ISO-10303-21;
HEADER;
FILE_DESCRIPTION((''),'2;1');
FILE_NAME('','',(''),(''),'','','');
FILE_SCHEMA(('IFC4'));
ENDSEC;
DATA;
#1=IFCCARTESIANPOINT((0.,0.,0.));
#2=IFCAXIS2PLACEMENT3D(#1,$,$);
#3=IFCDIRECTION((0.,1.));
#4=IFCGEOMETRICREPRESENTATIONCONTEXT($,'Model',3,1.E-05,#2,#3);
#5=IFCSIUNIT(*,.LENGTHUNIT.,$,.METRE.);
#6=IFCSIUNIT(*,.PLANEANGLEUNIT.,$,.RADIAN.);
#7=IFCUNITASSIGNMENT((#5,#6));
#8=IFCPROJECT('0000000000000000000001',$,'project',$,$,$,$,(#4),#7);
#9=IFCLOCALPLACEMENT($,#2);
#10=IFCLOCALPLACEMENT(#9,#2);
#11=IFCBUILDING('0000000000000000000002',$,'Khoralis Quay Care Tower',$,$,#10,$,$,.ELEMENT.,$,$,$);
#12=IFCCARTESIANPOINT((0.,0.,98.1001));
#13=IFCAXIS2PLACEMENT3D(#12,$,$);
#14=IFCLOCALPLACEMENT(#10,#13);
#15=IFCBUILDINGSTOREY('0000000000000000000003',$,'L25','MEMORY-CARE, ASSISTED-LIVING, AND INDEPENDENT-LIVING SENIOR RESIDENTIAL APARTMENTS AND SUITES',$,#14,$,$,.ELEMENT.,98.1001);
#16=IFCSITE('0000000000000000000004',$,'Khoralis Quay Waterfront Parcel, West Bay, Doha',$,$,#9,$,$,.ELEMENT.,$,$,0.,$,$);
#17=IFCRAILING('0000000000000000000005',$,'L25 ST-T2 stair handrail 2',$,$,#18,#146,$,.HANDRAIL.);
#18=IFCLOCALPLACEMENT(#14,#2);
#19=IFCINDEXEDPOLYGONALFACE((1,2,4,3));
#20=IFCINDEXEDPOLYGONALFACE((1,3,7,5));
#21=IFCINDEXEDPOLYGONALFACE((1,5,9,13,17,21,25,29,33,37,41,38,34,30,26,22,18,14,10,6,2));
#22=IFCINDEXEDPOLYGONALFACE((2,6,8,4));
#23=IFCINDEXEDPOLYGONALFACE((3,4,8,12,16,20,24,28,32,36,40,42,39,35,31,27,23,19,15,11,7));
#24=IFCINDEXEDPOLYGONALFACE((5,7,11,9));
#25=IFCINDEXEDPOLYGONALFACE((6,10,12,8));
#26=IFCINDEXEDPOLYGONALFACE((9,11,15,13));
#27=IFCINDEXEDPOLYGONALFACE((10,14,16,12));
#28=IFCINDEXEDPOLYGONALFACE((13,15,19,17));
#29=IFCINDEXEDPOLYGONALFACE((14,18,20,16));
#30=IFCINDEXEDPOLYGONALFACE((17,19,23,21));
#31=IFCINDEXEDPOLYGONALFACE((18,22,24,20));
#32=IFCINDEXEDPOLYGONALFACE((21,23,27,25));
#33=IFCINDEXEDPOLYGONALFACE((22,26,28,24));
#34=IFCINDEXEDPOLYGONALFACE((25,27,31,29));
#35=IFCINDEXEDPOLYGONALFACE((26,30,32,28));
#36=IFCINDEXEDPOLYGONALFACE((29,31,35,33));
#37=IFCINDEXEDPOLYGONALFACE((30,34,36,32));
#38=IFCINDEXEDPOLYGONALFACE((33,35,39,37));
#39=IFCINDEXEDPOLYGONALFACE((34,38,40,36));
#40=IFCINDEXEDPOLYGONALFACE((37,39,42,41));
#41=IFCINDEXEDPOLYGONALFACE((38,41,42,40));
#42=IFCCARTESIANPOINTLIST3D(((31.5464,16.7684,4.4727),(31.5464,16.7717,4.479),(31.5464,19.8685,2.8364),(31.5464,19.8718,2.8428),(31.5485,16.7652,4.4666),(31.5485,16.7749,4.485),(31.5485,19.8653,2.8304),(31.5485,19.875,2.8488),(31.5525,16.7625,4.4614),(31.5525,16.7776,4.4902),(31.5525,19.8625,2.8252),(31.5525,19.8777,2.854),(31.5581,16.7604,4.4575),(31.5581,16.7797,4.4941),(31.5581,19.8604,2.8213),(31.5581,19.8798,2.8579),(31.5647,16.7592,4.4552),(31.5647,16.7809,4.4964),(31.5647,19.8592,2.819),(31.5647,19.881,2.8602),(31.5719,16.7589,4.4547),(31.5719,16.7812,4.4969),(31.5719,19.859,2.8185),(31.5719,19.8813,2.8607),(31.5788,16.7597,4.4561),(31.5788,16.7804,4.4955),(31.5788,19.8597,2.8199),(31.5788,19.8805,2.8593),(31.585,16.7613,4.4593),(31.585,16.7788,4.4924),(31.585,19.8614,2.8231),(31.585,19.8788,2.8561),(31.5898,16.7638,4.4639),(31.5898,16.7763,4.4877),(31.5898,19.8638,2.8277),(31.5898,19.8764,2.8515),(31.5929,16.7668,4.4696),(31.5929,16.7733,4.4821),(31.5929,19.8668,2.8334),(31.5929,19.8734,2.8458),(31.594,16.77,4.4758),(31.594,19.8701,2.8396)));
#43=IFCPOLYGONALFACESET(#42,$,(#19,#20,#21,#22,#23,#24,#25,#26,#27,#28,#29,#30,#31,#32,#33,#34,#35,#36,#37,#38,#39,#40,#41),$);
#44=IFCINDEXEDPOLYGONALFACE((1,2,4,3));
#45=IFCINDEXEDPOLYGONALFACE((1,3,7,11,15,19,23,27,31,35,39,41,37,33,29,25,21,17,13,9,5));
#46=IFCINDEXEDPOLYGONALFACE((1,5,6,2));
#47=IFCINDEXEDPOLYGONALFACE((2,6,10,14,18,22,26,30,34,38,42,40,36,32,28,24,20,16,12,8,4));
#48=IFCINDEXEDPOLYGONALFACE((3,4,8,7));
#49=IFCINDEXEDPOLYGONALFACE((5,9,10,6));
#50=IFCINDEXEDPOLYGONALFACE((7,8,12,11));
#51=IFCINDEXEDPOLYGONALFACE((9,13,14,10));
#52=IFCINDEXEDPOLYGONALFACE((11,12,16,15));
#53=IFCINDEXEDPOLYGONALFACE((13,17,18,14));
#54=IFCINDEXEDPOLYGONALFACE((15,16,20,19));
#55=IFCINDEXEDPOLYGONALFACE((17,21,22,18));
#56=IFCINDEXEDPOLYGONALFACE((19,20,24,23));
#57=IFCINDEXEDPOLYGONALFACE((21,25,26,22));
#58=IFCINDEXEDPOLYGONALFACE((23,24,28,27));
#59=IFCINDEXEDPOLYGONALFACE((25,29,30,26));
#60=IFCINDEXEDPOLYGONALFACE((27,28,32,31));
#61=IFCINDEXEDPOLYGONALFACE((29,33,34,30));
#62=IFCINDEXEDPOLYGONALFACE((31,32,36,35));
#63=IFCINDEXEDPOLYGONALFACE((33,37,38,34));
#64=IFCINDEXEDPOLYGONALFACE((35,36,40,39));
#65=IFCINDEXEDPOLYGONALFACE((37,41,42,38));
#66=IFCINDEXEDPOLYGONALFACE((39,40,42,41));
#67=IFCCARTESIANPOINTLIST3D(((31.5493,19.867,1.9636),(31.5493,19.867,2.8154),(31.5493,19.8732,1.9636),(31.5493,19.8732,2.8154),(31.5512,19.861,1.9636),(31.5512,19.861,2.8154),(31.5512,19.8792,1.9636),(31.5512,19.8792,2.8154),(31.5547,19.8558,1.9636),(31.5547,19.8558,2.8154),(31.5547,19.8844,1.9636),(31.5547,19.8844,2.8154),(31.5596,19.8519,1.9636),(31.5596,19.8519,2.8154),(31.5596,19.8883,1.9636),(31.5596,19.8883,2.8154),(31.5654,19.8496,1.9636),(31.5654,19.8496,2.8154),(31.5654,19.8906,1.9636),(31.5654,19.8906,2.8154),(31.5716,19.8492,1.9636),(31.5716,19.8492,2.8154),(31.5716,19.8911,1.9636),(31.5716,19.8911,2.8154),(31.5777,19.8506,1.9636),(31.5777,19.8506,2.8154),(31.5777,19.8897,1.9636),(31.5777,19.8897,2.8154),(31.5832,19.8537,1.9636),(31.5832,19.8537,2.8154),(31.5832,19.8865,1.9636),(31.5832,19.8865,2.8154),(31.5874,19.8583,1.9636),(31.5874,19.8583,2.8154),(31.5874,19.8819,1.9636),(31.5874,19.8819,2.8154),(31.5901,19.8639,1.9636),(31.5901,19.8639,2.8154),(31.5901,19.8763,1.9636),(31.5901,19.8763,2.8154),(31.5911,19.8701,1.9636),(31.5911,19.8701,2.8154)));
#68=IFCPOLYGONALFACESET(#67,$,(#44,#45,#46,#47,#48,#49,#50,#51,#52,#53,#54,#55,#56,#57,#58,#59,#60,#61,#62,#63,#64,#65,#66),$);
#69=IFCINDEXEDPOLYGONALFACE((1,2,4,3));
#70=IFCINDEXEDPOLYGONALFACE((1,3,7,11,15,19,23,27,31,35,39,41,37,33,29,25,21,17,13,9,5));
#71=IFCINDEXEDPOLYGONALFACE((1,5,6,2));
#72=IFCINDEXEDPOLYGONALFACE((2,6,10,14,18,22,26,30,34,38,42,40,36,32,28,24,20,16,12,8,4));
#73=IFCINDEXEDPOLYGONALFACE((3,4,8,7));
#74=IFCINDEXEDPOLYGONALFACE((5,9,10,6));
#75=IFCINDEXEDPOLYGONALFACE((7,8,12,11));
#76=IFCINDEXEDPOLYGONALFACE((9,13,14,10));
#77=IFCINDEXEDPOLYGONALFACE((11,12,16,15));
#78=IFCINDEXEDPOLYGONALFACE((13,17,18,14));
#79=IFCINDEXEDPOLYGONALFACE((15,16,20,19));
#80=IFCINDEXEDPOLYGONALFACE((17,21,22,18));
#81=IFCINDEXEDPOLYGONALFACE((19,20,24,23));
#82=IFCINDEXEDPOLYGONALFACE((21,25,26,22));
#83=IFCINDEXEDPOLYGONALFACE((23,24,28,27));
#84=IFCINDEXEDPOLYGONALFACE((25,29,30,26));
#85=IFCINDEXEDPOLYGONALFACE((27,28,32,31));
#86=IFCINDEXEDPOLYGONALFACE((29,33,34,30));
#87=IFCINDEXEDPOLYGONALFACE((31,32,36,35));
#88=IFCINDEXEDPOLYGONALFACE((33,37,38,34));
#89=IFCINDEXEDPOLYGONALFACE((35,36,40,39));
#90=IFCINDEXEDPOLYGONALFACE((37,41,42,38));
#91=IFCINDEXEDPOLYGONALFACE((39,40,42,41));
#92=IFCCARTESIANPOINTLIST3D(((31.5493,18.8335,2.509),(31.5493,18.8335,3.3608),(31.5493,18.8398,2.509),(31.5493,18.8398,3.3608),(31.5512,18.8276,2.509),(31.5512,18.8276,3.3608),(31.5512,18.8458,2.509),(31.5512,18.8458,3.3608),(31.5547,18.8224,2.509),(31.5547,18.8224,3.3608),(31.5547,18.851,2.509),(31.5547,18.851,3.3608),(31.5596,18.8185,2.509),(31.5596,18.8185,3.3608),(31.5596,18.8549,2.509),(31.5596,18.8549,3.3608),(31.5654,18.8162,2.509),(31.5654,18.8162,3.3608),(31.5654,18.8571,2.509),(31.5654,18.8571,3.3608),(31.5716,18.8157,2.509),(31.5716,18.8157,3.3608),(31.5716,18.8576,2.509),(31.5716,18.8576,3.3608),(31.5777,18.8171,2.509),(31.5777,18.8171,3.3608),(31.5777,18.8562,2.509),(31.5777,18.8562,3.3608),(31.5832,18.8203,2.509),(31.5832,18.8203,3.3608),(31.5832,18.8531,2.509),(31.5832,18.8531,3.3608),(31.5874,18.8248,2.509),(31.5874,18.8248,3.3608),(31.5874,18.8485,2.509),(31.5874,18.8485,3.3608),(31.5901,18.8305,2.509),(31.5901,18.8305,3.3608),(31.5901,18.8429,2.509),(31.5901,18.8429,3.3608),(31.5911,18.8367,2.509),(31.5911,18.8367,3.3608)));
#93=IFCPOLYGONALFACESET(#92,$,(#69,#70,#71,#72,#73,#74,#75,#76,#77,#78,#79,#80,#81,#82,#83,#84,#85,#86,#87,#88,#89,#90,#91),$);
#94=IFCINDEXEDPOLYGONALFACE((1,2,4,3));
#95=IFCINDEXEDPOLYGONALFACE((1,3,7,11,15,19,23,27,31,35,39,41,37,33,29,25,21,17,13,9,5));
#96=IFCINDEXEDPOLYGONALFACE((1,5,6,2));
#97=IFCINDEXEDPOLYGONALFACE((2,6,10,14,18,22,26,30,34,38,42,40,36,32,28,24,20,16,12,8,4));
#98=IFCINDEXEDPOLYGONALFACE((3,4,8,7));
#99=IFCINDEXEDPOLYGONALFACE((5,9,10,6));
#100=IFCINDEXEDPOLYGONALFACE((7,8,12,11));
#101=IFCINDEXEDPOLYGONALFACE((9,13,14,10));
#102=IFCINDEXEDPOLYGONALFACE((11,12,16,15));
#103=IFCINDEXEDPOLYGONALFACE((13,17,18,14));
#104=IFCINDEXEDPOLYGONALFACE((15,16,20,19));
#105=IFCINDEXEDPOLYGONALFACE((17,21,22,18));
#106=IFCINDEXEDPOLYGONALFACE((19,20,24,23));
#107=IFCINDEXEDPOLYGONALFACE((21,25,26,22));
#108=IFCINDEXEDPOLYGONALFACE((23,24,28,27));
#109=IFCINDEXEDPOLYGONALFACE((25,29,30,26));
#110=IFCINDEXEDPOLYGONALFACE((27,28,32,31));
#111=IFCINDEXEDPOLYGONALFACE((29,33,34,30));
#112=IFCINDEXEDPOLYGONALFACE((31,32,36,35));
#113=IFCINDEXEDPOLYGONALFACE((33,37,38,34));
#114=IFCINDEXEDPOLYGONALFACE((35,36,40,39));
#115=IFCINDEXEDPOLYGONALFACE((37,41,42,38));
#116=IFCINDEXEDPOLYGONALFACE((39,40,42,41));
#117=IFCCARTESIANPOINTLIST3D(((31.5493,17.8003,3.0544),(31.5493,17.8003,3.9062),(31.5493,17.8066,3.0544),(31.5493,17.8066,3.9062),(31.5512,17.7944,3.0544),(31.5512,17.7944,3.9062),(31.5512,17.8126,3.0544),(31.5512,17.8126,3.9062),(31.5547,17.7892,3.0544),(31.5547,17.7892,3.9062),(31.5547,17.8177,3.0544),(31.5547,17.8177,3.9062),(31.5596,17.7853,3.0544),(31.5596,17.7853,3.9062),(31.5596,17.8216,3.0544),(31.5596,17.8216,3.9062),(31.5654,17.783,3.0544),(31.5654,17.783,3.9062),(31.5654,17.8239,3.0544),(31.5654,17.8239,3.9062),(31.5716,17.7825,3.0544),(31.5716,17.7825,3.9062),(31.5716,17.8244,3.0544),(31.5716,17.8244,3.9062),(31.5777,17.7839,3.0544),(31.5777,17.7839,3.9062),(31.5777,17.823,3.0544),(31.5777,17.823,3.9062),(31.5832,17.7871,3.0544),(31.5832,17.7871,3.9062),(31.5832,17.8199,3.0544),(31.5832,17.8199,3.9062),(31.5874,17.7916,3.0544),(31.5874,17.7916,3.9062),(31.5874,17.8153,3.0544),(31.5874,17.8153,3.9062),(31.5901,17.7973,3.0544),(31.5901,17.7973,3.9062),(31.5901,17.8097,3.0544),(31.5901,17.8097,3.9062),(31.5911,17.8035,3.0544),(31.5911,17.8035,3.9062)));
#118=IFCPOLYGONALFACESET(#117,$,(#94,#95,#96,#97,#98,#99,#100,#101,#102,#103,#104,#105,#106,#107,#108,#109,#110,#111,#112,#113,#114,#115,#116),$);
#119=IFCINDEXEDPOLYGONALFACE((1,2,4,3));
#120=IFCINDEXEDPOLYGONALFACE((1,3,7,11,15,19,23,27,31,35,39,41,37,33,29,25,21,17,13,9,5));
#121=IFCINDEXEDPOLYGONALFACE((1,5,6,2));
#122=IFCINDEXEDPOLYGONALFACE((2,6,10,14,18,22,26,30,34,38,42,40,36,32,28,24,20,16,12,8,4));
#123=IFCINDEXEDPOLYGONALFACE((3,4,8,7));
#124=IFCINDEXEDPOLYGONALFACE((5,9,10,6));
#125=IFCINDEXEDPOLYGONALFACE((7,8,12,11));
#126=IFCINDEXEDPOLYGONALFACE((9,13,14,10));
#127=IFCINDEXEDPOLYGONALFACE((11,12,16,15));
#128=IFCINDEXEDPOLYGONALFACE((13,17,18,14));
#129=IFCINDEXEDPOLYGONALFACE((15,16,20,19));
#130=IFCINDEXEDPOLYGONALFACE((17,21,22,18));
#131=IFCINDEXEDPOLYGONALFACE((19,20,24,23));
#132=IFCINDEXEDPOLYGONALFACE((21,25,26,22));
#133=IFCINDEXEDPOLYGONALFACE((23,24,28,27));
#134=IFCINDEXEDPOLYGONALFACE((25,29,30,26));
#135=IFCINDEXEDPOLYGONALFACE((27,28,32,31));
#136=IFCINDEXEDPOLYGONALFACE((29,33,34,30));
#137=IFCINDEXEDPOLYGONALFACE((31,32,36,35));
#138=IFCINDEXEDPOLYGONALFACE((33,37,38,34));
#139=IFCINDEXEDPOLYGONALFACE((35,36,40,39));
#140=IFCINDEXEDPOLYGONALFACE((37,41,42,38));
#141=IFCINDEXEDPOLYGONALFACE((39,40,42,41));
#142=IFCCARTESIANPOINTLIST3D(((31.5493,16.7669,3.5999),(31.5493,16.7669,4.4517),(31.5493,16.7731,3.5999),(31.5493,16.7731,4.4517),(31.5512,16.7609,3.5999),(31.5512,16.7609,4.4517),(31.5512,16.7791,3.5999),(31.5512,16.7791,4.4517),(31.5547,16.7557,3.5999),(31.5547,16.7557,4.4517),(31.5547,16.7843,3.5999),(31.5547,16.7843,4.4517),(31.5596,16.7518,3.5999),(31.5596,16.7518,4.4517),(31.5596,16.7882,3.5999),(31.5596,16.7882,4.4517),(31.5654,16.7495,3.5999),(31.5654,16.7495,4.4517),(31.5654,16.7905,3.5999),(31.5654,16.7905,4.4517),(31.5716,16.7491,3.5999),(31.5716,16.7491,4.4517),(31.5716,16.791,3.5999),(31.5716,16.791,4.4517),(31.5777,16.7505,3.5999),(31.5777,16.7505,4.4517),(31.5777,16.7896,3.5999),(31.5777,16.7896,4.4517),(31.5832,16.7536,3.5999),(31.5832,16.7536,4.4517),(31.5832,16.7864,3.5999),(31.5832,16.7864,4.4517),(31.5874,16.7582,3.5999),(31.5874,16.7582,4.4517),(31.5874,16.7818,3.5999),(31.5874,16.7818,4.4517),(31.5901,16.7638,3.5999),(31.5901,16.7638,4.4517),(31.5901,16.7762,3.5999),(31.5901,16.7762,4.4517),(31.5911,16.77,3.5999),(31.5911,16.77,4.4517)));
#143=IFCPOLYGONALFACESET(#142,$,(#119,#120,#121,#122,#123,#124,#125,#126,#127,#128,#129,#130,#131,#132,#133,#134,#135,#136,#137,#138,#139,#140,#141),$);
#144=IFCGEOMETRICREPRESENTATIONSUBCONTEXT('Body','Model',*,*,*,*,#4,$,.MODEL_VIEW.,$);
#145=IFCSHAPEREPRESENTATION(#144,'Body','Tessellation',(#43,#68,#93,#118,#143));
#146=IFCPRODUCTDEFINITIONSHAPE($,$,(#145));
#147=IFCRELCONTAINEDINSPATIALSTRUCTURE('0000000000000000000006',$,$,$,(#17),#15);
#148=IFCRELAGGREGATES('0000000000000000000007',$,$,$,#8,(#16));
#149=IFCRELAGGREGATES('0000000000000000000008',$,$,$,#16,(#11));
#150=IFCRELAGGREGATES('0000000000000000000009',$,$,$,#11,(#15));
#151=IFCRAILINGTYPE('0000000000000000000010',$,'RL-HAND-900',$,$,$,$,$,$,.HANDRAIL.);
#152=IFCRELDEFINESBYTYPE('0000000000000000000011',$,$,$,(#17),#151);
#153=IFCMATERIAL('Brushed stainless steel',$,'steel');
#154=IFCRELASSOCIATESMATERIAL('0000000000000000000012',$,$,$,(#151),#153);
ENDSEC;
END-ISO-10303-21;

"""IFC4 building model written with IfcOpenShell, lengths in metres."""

from ifc_helpers import new_model, si_unit, direction, frame, origin, origin_2d, place, context, subcontext, project, spatial, circle, extrude, material, type_object, element, save


model = new_model("IFC4")

# Units and contexts
model_context = context("Model", 3, precision=1e-05, world=origin(), true_north=direction((0.0, 1.0)))
body_context = subcontext(model_context, "Body", "Model", "MODEL_VIEW")
ifc_project = project(units=[si_unit("LENGTHUNIT", "METRE"), si_unit("PLANEANGLEUNIT", "RADIAN")], contexts=[model_context])

# Site, building, storey
site_placement = place(None, origin())
site = spatial("IfcSite", under=ifc_project, at=site_placement, Name="Khoralis Quay Waterfront Parcel, West Bay, Doha", CompositionType="ELEMENT", RefElevation=0.0)
building_placement = place(site_placement, origin())
building = spatial("IfcBuilding", under=site, at=building_placement, Name="Khoralis Quay Care Tower", CompositionType="ELEMENT")
storey_placement = place(building_placement, frame((0.0, 0.0, 98.1001)))
storey = spatial("IfcBuildingStorey", under=building, at=storey_placement, Name="L25", Description="MEMORY-CARE, ASSISTED-LIVING, AND INDEPENDENT-LIVING SENIOR RESIDENTIAL APARTMENTS AND SUITES", CompositionType="ELEMENT", Elevation=98.1001)

# Shared definitions
ifc_material_1 = material(Name="Brushed stainless steel", Category="steel")

# Railing
railing_type = type_object("IfcRailingType", Name="RL-HAND-900", PredefinedType="HANDRAIL", material=ifc_material_1)
railing_placement = place(storey_placement, frame((31.5701, 19.8701, 1.9636)))
element("IfcRailing", 1, at=railing_placement, inside=storey, type_object=railing_type, Name="L25 ST-T2 stair handrail 2", PredefinedType="HANDRAIL", context=body_context, shape_type="SweptSolid", body=[
    extrude(circle(Radius=0.0239, at=origin_2d()), frame((0.0, 0.0, 0.876), z_axis=(0.0, -0.884377, 0.466774), x_axis=(1.0, 0.0, 0.0)), (0.0, 0.0, 1.0), 3.5054),
    extrude(circle(Radius=0.021, at=origin_2d()), origin(), (0.0, 0.0, 1.0), 0.8518),
    extrude(circle(Radius=0.021, at=origin_2d()), frame((0.0, -1.0334, 0.5454)), (0.0, 0.0, 1.0), 0.8518),
    extrude(circle(Radius=0.021, at=origin_2d()), frame((0.0, -2.0667, 1.0908)), (0.0, 0.0, 1.0), 0.8518),
    extrude(circle(Radius=0.021, at=origin_2d()), frame((0.0, -3.1001, 1.6362)), (0.0, 0.0, 1.0), 0.8518),
])

save(model, "model.ifc")
